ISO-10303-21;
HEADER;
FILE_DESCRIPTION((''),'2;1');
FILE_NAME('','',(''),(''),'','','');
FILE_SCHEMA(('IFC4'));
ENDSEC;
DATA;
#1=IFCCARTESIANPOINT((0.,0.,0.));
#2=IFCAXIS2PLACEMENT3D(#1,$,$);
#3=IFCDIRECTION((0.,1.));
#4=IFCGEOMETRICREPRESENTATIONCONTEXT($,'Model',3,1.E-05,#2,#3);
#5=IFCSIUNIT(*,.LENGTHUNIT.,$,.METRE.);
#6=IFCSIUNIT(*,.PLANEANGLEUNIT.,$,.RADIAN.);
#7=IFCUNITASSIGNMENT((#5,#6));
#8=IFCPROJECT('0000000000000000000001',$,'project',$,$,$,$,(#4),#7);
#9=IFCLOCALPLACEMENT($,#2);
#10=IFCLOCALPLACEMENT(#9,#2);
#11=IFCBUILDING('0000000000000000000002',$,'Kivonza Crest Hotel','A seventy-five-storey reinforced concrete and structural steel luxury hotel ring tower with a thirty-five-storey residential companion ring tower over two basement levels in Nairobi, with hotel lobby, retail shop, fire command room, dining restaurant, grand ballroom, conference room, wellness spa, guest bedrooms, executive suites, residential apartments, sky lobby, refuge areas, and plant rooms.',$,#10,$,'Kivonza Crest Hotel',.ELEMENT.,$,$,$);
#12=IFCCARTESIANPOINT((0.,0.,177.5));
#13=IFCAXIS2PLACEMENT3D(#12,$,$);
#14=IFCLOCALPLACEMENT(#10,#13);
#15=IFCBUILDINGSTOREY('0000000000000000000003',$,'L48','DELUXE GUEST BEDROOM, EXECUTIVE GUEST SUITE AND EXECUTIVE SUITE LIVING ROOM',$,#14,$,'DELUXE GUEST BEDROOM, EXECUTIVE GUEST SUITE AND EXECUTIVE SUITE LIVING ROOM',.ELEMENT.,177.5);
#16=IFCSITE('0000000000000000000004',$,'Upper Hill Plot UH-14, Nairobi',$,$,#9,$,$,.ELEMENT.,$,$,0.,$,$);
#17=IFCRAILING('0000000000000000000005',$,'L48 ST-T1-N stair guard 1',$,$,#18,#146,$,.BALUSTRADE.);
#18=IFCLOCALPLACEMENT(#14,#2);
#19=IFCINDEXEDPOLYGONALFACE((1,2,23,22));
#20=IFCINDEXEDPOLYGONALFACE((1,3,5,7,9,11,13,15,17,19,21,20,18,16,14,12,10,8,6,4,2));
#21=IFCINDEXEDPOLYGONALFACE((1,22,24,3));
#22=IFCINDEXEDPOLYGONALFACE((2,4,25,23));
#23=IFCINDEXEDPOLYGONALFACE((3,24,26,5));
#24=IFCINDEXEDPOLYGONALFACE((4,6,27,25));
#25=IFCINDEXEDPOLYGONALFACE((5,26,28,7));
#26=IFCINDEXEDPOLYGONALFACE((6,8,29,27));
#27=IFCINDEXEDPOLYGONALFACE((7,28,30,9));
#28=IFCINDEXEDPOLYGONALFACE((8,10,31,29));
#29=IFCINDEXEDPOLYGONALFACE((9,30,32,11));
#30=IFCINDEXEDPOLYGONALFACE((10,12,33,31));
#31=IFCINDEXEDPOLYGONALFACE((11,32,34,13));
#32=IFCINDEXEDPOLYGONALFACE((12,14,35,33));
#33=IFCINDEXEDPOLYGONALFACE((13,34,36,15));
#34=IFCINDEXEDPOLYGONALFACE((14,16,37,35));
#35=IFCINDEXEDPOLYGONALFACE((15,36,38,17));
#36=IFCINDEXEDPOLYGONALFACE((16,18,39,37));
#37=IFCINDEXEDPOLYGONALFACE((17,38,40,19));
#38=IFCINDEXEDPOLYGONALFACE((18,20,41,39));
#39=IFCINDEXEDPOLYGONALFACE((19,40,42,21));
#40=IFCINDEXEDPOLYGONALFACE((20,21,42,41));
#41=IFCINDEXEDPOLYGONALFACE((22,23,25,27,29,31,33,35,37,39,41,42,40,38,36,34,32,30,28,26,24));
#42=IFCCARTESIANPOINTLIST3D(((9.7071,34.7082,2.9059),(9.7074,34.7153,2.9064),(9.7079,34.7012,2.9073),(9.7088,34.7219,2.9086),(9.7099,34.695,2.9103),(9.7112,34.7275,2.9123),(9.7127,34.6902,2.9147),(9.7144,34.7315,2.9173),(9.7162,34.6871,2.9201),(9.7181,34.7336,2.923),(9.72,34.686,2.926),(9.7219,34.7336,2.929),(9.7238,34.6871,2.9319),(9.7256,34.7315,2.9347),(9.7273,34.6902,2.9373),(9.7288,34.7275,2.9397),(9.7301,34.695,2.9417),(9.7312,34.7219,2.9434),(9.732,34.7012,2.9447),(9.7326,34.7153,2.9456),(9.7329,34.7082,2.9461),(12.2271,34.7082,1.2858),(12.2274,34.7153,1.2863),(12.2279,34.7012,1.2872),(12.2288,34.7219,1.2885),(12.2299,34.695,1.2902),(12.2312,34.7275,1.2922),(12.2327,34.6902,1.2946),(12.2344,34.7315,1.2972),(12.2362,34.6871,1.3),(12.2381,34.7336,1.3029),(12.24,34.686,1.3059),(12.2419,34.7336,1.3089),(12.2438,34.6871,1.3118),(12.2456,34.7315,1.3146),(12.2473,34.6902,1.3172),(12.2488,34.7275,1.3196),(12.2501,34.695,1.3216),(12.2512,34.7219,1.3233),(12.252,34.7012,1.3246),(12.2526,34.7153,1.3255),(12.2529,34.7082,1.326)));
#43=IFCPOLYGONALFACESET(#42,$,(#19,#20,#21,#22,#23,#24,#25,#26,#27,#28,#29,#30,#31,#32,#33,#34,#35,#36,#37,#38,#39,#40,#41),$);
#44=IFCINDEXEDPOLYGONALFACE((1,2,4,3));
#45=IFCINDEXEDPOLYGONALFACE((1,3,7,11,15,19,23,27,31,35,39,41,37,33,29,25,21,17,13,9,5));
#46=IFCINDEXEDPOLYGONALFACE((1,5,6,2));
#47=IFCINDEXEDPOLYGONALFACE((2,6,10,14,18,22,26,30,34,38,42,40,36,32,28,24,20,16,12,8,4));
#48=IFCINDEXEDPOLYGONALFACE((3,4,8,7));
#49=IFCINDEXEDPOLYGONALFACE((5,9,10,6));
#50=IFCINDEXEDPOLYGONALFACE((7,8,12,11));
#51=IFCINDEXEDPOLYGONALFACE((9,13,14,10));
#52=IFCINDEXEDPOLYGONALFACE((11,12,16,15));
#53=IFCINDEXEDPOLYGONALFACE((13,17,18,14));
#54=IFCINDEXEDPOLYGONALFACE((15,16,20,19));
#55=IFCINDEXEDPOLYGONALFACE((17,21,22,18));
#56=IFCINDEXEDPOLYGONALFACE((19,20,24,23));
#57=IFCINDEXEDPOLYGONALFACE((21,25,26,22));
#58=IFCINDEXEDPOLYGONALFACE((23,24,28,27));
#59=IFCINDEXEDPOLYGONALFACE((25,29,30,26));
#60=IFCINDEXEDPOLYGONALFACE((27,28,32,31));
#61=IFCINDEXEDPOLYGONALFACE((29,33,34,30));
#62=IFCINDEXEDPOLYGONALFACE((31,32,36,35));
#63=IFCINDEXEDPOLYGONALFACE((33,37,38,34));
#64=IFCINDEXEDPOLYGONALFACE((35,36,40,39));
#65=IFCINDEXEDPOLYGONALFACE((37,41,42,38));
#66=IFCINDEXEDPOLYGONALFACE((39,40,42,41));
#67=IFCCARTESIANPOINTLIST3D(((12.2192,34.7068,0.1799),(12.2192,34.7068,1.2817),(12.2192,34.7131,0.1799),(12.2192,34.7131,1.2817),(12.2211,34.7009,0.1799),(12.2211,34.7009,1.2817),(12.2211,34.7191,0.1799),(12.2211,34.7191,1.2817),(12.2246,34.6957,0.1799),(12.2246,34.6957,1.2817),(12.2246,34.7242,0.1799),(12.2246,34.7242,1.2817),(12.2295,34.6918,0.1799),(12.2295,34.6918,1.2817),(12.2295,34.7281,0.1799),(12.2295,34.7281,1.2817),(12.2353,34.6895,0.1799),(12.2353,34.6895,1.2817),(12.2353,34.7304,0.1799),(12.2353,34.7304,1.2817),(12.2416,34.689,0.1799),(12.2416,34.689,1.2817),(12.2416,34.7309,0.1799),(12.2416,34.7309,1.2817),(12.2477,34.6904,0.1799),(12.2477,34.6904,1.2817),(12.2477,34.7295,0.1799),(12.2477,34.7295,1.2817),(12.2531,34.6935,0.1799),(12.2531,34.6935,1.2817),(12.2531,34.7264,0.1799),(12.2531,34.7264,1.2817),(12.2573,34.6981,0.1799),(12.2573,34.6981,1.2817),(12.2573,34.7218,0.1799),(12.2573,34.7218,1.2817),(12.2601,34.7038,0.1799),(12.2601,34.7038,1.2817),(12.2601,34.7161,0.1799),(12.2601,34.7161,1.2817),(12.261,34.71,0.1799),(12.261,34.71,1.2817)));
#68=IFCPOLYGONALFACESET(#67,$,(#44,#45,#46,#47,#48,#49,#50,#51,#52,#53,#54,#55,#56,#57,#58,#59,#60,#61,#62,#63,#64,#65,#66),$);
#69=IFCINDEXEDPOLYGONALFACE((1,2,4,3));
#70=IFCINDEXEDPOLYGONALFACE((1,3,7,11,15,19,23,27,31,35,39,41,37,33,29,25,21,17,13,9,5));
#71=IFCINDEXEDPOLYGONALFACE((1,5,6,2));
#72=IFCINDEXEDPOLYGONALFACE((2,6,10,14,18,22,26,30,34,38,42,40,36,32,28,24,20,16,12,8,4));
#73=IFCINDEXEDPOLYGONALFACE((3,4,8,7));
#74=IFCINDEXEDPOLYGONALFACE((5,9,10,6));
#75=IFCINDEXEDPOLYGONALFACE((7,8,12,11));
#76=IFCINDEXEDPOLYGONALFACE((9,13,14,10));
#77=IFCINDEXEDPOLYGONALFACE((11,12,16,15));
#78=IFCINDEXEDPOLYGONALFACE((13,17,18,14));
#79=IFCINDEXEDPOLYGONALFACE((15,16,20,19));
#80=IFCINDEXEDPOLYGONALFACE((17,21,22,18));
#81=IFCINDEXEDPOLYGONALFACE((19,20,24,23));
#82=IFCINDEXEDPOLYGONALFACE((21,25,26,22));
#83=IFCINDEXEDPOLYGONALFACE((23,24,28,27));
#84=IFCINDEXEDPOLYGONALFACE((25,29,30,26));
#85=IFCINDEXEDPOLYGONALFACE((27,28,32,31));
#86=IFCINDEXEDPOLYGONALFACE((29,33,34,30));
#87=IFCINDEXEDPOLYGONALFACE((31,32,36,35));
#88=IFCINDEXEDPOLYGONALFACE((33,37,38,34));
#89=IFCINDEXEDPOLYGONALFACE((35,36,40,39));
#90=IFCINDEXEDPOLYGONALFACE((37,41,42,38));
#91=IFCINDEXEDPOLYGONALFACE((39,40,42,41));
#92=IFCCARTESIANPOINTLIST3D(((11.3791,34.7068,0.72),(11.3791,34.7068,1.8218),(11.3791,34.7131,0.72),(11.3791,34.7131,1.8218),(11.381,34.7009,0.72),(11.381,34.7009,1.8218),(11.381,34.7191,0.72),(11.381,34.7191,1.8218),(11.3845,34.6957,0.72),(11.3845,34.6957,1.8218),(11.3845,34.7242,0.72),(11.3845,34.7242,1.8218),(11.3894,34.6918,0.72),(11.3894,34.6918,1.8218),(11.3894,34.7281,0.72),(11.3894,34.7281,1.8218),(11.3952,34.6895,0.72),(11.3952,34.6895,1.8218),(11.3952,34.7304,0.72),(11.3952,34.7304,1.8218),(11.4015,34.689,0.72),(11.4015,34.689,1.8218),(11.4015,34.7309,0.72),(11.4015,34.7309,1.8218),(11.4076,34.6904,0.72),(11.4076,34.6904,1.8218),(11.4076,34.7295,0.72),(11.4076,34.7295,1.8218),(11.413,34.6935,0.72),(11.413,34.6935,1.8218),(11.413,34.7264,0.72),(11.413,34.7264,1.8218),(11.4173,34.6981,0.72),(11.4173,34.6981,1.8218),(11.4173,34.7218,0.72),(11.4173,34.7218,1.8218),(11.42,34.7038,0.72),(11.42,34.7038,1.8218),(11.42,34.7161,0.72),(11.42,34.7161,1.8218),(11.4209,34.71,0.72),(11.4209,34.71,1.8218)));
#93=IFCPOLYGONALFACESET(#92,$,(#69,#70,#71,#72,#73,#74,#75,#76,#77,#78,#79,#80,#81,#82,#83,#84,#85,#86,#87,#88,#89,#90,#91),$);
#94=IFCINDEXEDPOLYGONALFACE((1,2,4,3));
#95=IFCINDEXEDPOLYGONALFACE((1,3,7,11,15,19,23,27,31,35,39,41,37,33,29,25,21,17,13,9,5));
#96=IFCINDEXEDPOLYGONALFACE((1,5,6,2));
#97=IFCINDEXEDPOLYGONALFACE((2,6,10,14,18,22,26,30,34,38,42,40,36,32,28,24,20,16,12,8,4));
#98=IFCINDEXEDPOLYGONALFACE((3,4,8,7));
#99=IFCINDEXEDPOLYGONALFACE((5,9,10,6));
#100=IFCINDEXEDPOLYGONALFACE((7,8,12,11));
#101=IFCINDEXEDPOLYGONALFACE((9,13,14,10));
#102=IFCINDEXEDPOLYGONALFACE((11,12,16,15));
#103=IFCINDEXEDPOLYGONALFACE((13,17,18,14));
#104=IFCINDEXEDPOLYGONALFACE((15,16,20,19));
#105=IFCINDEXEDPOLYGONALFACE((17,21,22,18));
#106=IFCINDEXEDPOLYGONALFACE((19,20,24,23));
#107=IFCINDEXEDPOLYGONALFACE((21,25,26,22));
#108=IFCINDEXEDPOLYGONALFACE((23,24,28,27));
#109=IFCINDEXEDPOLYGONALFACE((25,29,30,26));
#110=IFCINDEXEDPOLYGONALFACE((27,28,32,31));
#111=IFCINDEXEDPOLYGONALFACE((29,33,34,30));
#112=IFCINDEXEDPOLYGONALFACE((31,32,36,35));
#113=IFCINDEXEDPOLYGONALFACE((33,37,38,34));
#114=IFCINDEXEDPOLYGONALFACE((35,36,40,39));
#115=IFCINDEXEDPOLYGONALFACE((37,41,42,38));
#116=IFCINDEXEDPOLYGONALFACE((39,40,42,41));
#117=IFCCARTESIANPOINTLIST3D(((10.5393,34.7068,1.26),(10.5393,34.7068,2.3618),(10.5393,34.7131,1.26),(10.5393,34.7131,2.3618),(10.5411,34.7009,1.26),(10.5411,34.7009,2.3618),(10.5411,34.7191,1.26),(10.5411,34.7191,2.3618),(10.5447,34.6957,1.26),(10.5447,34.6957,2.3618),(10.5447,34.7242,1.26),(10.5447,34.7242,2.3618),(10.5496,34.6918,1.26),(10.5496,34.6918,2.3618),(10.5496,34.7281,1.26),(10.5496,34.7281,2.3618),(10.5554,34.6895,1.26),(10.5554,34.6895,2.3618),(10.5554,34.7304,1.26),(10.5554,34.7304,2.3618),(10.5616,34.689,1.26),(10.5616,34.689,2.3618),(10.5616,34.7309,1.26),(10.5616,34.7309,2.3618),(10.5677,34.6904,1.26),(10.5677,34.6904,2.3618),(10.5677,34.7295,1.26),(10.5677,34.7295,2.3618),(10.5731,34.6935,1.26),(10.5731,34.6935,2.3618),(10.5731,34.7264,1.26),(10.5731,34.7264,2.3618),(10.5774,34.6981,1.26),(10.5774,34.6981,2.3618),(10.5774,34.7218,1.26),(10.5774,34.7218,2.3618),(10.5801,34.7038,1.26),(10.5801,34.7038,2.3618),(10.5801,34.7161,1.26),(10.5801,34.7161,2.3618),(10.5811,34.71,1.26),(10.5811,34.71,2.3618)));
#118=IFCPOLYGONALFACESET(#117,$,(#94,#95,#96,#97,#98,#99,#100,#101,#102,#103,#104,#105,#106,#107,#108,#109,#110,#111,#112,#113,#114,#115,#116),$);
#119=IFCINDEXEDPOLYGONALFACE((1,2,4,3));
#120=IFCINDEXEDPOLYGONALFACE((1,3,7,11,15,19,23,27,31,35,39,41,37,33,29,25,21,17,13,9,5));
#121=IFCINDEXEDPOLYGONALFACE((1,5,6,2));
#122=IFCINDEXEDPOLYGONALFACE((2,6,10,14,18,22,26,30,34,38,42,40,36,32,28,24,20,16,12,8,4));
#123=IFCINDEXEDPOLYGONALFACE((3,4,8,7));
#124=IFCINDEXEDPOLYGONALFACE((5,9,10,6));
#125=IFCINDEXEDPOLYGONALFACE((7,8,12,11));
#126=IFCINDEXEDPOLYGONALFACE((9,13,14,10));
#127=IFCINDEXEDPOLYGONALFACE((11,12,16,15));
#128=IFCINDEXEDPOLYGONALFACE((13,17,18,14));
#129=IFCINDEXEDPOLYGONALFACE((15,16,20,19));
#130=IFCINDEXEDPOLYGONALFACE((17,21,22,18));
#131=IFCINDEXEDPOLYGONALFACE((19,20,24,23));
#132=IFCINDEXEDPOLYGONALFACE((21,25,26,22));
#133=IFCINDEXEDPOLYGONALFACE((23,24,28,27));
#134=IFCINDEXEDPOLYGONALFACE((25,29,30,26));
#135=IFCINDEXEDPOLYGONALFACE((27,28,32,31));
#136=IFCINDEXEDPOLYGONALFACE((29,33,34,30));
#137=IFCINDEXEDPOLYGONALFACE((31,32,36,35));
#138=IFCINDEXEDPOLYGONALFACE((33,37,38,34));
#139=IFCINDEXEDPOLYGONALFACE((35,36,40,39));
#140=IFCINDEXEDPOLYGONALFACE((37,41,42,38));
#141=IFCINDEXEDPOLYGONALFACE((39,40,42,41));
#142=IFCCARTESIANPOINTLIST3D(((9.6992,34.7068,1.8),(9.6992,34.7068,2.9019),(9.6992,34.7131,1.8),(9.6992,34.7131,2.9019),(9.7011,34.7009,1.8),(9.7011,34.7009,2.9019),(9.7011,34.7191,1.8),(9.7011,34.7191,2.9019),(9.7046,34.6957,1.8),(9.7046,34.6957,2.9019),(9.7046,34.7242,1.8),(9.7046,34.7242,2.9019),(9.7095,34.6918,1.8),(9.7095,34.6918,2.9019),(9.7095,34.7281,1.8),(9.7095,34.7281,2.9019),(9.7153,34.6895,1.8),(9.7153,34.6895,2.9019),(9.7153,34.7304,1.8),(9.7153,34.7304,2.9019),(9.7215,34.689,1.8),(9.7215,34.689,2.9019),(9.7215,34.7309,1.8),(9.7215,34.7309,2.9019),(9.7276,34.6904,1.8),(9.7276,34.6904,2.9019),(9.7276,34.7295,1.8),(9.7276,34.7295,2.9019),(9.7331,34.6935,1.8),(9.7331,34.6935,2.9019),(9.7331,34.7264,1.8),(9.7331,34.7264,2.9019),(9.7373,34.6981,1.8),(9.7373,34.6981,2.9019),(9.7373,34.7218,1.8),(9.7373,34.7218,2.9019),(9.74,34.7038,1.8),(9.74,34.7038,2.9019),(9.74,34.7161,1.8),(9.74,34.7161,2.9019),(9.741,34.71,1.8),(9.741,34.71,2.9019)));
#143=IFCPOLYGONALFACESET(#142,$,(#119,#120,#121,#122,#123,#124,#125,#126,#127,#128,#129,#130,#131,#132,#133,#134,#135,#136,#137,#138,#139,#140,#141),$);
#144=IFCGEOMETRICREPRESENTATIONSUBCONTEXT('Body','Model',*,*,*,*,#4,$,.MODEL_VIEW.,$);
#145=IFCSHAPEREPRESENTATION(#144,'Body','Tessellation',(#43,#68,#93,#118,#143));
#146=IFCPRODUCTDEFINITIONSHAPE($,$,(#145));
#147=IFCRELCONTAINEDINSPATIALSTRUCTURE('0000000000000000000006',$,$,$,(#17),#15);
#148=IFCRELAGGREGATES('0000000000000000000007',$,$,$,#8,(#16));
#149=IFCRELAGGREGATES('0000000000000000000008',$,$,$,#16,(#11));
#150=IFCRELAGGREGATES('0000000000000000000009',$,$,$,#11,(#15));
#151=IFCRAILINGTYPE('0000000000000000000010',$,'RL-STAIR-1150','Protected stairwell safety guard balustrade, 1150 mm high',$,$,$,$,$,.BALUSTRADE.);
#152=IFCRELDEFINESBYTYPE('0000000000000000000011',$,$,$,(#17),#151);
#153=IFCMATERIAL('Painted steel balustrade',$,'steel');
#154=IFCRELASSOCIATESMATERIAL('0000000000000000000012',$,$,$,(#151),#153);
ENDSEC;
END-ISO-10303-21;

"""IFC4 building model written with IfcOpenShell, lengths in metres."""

from ifc_helpers import new_model, si_unit, direction, frame, origin, origin_2d, place, context, subcontext, project, spatial, circle, extrude, material, type_object, element, save


model = new_model("IFC4")

# Units and contexts
model_context = context("Model", 3, precision=1e-05, world=origin(), true_north=direction((0.0, 1.0)))
body_context = subcontext(model_context, "Body", "Model", "MODEL_VIEW")
ifc_project = project(units=[si_unit("LENGTHUNIT", "METRE"), si_unit("PLANEANGLEUNIT", "RADIAN")], contexts=[model_context])

# Site, building, storey
site_placement = place(None, origin())
site = spatial("IfcSite", under=ifc_project, at=site_placement, Name="Upper Hill Plot UH-14, Nairobi", CompositionType="ELEMENT", RefElevation=0.0)
building_placement = place(site_placement, origin())
building = spatial("IfcBuilding", under=site, at=building_placement, Name="Kivonza Crest Hotel", Description="A seventy-five-storey reinforced concrete and structural steel luxury hotel ring tower with a thirty-five-storey residential companion ring tower over two basement levels in Nairobi, with hotel lobby, retail shop, fire command room, dining restaurant, grand ballroom, conference room, wellness spa, guest bedrooms, executive suites, residential apartments, sky lobby, refuge areas, and plant rooms.", LongName="Kivonza Crest Hotel", CompositionType="ELEMENT")
storey_placement = place(building_placement, frame((0.0, 0.0, 177.5)))
storey = spatial("IfcBuildingStorey", under=building, at=storey_placement, Name="L48", Description="DELUXE GUEST BEDROOM, EXECUTIVE GUEST SUITE AND EXECUTIVE SUITE LIVING ROOM", LongName="DELUXE GUEST BEDROOM, EXECUTIVE GUEST SUITE AND EXECUTIVE SUITE LIVING ROOM", CompositionType="ELEMENT", Elevation=177.5)

# Railing
ifc_material_1 = material(Name="Painted steel balustrade", Category="steel")
railing_type_1 = type_object("IfcRailingType", Name="RL-STAIR-1150", Description="Protected stairwell safety guard balustrade, 1150 mm high", PredefinedType="BALUSTRADE", material=ifc_material_1)
railing_1_placement = place(storey_placement, frame((12.24, 34.71, 0.1799)))
element("IfcRailing", 1, at=railing_1_placement, inside=storey, type_object=railing_type_1, Name="L48 ST-T1-N stair guard 1", PredefinedType="BALUSTRADE", context=body_context, shape_type="SweptSolid", body=[
    extrude(circle(Radius=0.0239, at=origin_2d()), frame((0.0, 0.0, 1.126), z_axis=(-0.841163, 0.0, 0.540782), x_axis=(0.0, -1.0, 0.0)), (0.0, 0.0, 1.0), 2.9958),
    extrude(circle(Radius=0.021, at=origin_2d()), origin(), (0.0, 0.0, 1.0), 1.1018),
    extrude(circle(Radius=0.021, at=origin_2d()), frame((-0.8401, 0.0, 0.54)), (0.0, 0.0, 1.0), 1.1018),
    extrude(circle(Radius=0.021, at=origin_2d()), frame((-1.6799, 0.0, 1.0801)), (0.0, 0.0, 1.0), 1.1018),
    extrude(circle(Radius=0.021, at=origin_2d()), frame((-2.52, 0.0, 1.6201)), (0.0, 0.0, 1.0), 1.1018),
])

save(model, "model.ifc")
